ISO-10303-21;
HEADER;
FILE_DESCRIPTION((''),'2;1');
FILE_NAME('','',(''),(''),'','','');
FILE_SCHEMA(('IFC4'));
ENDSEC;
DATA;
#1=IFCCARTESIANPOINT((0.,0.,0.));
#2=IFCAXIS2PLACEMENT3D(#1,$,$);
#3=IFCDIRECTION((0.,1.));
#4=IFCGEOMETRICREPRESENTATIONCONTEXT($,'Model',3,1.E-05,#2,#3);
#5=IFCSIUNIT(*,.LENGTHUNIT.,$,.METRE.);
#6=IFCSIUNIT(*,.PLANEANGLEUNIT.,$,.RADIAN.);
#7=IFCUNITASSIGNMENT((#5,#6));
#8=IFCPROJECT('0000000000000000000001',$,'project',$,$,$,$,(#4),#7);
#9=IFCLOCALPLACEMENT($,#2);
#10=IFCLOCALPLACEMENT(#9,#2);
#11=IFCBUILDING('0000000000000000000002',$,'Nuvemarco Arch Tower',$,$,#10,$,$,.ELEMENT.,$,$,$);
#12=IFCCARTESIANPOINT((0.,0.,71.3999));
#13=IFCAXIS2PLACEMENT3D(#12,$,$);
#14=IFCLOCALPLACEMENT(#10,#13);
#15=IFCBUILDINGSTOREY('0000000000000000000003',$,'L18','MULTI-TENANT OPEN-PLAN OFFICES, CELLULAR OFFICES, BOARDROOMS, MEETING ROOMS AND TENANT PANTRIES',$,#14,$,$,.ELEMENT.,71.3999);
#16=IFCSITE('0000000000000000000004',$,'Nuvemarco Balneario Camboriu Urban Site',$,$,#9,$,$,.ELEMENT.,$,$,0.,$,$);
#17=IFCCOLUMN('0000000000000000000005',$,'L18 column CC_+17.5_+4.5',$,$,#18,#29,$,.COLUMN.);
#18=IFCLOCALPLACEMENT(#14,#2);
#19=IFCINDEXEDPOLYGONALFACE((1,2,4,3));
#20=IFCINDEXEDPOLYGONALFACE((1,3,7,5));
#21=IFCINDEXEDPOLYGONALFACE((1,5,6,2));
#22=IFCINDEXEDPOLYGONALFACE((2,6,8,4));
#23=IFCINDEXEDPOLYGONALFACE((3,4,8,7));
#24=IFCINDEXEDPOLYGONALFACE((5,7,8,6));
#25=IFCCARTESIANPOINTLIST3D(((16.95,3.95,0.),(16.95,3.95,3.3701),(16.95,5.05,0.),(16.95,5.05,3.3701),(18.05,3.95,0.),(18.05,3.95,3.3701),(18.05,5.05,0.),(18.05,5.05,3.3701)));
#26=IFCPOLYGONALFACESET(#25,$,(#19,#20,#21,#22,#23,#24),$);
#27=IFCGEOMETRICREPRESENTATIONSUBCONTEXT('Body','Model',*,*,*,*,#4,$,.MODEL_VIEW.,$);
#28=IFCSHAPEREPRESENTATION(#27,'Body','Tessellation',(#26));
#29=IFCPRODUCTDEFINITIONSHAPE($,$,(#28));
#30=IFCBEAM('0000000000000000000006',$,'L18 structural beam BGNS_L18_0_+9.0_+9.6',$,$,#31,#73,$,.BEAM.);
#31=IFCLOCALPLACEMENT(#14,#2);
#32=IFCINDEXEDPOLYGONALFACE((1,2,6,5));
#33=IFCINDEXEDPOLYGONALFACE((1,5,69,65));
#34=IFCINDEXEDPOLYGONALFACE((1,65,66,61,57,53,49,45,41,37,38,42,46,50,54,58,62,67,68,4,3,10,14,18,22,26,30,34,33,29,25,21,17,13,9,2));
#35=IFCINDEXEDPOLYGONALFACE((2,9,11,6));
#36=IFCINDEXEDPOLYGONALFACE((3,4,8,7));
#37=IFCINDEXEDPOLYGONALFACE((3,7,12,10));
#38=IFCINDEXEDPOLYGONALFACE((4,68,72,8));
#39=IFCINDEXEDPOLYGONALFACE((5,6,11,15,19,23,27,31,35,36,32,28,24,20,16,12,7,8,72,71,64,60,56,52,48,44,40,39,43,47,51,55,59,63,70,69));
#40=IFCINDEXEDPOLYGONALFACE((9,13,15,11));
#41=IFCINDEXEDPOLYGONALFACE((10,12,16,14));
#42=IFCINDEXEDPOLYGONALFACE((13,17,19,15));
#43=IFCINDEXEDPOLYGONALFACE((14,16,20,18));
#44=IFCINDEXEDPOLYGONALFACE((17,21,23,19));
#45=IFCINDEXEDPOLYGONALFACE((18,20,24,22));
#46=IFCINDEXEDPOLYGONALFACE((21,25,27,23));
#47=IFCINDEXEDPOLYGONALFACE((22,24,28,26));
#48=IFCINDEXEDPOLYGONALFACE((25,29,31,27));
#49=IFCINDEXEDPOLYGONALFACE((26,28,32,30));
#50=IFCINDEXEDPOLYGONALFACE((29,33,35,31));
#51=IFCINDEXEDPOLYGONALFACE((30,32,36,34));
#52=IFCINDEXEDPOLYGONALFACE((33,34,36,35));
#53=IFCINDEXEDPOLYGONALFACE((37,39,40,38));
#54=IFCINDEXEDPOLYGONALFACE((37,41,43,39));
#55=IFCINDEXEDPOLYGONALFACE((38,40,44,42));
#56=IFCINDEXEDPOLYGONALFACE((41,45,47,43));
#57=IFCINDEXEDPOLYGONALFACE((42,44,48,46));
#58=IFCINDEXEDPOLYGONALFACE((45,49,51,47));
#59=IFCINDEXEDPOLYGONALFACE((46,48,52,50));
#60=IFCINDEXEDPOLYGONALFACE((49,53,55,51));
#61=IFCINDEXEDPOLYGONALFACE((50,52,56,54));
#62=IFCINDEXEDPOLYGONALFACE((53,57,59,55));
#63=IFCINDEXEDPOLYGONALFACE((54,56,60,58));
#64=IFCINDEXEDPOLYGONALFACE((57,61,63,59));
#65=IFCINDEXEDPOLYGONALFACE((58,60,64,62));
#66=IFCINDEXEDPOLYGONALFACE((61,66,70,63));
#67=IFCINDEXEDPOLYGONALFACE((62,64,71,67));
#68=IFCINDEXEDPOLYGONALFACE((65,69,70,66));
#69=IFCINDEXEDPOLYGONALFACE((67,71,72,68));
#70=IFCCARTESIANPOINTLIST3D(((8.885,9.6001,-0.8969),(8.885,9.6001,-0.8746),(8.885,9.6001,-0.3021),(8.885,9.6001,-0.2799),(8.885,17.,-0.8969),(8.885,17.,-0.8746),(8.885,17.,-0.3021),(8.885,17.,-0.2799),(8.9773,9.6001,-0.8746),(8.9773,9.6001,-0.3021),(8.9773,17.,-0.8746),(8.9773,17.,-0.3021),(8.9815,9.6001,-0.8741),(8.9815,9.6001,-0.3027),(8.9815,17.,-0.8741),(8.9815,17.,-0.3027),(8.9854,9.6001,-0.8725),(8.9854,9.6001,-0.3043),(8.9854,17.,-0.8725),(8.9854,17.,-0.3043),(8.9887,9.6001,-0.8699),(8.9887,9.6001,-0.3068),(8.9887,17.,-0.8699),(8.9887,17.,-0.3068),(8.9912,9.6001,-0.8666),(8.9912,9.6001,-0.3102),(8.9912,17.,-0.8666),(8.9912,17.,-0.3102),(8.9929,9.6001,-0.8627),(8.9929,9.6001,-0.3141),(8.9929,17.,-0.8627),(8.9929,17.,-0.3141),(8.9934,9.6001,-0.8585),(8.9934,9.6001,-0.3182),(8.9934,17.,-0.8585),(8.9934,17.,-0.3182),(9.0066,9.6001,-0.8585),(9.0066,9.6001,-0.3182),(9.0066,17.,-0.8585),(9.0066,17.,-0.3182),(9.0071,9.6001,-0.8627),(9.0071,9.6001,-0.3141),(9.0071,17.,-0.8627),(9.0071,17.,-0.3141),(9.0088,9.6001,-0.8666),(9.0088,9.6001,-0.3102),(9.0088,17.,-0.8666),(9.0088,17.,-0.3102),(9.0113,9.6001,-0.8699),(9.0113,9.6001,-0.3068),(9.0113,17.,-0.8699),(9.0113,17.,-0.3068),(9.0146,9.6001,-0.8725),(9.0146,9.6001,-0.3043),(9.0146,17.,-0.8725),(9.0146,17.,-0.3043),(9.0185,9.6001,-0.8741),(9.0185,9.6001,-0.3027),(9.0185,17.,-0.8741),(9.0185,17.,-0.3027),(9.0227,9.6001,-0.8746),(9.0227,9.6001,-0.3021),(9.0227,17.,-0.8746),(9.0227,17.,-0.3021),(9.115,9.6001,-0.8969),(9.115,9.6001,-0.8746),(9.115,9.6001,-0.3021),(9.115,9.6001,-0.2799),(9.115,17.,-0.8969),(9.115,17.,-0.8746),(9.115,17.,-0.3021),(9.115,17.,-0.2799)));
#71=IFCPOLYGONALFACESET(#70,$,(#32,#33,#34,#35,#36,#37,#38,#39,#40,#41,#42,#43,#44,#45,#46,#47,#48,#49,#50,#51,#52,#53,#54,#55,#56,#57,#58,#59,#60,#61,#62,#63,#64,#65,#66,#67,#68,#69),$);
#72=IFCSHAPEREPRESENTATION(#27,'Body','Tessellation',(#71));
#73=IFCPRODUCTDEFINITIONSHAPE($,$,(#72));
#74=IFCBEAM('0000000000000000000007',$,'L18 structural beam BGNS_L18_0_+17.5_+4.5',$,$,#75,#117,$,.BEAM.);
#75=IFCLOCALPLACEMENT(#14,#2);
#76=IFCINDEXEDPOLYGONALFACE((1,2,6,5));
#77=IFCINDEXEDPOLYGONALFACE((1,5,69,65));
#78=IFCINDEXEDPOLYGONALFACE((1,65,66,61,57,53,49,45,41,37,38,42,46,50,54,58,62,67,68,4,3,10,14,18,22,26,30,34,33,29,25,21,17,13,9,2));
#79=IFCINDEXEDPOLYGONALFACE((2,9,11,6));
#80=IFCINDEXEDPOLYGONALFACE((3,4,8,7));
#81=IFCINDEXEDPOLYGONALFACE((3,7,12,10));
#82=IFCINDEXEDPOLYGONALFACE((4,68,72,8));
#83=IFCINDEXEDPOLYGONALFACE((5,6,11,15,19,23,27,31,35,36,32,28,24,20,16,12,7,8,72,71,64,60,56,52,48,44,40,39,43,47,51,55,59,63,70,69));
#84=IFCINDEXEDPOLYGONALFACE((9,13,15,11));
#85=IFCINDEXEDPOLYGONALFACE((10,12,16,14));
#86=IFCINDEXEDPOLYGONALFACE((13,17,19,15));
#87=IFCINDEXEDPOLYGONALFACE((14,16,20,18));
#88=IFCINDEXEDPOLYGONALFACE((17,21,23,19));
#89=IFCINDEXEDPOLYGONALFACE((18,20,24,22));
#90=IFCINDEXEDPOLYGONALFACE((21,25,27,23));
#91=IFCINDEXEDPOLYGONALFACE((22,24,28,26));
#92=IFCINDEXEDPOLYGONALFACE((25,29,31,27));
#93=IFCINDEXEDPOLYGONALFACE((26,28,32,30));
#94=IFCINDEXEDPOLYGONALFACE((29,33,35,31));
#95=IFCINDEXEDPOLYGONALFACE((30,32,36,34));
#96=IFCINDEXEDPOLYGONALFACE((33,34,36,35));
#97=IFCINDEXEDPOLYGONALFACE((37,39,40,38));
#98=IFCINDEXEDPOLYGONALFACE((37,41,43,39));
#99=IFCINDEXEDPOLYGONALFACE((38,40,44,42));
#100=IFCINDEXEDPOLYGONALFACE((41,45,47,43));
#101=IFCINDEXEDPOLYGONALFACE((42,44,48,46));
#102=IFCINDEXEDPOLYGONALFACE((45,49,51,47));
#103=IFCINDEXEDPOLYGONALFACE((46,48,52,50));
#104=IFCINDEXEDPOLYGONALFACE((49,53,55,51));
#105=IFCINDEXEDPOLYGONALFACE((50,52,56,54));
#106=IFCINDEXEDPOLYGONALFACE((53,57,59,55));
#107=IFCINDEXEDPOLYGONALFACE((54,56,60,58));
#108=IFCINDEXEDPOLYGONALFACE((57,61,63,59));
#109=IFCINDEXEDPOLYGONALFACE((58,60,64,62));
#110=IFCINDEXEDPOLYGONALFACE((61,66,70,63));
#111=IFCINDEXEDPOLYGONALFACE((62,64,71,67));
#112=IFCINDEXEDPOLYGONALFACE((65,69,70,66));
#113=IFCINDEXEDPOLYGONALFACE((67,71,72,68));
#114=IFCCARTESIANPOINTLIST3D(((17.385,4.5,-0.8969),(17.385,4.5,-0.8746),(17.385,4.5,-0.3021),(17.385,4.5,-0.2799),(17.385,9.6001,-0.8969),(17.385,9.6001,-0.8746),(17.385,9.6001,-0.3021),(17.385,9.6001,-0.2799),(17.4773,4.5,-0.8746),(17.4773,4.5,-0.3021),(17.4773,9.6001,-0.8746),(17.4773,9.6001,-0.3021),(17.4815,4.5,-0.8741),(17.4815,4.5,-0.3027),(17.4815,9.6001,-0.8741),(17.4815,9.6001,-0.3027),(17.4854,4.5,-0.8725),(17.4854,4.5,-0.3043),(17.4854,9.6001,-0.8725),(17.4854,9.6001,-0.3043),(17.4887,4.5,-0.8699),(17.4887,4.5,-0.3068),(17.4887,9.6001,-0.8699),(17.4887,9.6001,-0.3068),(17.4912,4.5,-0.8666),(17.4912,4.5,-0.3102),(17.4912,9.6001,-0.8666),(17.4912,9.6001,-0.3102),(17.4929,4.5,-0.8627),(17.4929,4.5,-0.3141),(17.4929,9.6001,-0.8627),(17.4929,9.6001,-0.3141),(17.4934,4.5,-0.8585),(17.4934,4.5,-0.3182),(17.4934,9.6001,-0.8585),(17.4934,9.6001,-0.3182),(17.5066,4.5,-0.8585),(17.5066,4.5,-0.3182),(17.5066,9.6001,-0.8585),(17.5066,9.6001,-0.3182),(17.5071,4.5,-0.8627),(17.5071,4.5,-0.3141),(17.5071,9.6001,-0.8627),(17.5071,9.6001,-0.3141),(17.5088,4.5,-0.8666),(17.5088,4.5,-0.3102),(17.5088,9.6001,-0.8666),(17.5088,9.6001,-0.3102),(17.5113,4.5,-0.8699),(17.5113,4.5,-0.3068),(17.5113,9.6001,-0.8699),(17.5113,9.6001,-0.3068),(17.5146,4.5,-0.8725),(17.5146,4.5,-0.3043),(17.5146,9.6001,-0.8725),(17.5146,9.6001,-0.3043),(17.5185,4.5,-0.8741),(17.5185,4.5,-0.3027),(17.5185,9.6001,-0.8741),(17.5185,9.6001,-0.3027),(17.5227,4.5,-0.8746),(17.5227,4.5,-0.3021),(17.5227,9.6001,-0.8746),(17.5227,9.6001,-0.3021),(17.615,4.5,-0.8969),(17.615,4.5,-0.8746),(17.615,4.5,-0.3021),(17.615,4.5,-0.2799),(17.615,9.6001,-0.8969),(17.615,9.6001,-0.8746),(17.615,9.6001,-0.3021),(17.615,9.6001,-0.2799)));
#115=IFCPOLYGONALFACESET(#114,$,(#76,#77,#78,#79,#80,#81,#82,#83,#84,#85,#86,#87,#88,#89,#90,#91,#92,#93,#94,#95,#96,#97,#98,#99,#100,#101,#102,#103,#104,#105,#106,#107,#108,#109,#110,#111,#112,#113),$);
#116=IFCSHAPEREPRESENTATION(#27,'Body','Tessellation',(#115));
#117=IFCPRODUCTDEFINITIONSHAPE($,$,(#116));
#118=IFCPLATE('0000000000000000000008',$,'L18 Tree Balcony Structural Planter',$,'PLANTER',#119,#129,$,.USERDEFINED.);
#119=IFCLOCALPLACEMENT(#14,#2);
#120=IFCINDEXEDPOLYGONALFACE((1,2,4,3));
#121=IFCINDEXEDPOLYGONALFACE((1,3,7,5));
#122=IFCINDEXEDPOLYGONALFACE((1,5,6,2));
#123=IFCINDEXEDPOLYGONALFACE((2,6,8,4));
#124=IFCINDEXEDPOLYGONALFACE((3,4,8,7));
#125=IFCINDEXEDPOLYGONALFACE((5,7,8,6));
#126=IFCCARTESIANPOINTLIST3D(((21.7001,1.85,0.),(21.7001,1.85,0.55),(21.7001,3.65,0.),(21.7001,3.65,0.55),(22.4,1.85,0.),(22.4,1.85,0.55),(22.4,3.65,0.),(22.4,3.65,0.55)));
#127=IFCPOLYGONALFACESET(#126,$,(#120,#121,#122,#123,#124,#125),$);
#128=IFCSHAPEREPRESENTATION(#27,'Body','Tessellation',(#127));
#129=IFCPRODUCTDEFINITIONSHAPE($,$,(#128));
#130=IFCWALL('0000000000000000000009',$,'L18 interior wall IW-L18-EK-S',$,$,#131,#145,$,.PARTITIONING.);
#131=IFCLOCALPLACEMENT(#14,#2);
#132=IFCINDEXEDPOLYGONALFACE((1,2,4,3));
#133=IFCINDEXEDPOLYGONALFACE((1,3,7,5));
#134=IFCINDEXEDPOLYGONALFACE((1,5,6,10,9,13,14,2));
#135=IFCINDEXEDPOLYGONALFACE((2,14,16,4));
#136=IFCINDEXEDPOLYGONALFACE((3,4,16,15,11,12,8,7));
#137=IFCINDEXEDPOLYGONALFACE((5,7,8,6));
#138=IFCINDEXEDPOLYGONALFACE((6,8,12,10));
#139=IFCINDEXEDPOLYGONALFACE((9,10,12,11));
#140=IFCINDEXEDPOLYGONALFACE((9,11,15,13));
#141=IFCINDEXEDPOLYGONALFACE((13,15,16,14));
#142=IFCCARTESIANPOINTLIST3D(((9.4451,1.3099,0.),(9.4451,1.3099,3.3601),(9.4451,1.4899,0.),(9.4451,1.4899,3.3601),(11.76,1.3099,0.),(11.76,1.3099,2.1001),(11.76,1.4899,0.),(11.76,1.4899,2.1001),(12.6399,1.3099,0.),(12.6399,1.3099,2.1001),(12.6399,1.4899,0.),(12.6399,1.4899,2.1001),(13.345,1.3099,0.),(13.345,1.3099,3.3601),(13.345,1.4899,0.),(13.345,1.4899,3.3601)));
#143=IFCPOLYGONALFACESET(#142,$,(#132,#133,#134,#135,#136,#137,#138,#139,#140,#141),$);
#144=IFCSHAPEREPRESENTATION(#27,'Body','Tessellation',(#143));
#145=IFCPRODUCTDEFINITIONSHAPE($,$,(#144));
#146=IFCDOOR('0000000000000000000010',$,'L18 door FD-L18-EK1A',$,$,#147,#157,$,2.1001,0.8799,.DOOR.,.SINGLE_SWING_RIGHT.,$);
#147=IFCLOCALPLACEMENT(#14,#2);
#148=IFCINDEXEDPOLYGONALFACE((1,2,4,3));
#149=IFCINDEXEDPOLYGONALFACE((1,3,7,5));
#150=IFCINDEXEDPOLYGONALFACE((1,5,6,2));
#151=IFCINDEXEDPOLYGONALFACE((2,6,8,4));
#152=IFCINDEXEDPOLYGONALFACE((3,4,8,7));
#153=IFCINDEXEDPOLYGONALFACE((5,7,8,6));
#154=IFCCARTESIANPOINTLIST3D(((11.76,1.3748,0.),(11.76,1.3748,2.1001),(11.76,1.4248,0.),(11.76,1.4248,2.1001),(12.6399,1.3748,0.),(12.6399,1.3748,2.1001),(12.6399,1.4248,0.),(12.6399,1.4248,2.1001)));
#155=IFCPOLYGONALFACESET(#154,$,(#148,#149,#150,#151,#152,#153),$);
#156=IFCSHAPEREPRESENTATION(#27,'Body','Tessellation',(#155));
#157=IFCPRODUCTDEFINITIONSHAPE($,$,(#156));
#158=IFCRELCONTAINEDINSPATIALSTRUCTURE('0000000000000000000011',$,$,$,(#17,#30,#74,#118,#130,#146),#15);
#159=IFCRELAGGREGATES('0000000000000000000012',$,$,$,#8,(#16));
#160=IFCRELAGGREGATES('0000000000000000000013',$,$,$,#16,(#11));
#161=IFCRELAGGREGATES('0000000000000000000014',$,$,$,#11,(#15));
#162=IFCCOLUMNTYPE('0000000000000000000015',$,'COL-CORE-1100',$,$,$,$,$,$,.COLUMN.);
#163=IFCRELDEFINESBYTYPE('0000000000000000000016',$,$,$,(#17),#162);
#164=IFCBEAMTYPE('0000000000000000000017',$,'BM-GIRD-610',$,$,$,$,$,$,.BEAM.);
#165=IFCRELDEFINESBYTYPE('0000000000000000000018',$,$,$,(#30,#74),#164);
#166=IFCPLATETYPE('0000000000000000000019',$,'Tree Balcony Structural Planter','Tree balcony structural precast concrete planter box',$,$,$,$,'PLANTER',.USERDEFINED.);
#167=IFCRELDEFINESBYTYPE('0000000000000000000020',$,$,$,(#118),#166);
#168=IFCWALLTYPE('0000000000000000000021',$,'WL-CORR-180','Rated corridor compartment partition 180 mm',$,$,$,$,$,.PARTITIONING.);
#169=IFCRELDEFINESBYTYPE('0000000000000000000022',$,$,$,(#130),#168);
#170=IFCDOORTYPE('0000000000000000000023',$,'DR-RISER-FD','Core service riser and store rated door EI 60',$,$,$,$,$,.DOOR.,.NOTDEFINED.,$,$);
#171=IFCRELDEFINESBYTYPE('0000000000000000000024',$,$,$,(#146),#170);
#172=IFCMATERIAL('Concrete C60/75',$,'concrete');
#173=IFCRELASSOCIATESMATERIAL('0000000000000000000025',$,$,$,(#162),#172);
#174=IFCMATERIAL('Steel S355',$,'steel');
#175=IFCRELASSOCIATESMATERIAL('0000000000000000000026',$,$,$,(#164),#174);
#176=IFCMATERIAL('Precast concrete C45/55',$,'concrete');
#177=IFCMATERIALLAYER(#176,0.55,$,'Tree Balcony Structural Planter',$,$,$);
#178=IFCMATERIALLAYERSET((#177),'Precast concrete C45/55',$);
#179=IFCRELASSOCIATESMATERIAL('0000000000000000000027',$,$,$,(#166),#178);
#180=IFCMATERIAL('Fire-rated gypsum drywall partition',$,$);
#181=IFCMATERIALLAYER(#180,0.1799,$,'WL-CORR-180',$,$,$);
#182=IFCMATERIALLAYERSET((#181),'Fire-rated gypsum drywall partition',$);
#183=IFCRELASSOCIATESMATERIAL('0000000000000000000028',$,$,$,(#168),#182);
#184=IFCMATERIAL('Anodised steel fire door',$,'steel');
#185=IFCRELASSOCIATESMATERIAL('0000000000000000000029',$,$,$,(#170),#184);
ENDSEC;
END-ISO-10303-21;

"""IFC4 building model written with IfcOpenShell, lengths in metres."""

from ifc_helpers import new_model, si_unit, direction, frame, frame_2d, origin, origin_2d, place, context, subcontext, project, spatial, rectangle, i_section, extrude, source, transform, mapped, material, layer, layer_set, material_profile, profile_set, type_object, type_shapes, element, fill, save


model = new_model("IFC4")

# Units and contexts
model_context = context("Model", 3, precision=1e-05, world=origin(), true_north=direction((0.0, 1.0)))
body_context = subcontext(model_context, "Body", "Model", "MODEL_VIEW")
ifc_project = project(units=[si_unit("LENGTHUNIT", "METRE"), si_unit("PLANEANGLEUNIT", "RADIAN")], contexts=[model_context])

# Site, building, storey
site_placement = place(None, origin())
site = spatial("IfcSite", under=ifc_project, at=site_placement, Name="Nuvemarco Balneario Camboriu Urban Site", CompositionType="ELEMENT", RefElevation=0.0)
building_placement = place(site_placement, origin())
building = spatial("IfcBuilding", under=site, at=building_placement, Name="Nuvemarco Arch Tower", CompositionType="ELEMENT")
storey_placement = place(building_placement, frame((0.0, 0.0, 71.3999)))
storey = spatial("IfcBuildingStorey", under=building, at=storey_placement, Name="L18", Description="MULTI-TENANT OPEN-PLAN OFFICES, CELLULAR OFFICES, BOARDROOMS, MEETING ROOMS AND TENANT PANTRIES", CompositionType="ELEMENT", Elevation=71.3999)

# Column
ifc_material_1 = material(Name="Concrete C60/75", Category="concrete")
ifc_material_profile_1 = material_profile(ifc_material_1, rectangle(XDim=1.1001, YDim=1.1001, at=origin_2d()), Name="RC-COL-1100x1100")
ifc_profile_set_1 = profile_set([ifc_material_profile_1], Name="Concrete C60/75")
column_type = type_object("IfcColumnType", Name="COL-CORE-1100", PredefinedType="COLUMN", material=ifc_profile_set_1)
column_placement = place(storey_placement, frame((17.5, 4.5, 0.0), z_axis=(0.0, 0.0, 1.0), x_axis=(1.0, 0.0, 0.0)))
element("IfcColumn", 1, at=column_placement, inside=storey, type_object=column_type, Name="L18 column CC_+17.5_+4.5", PredefinedType="COLUMN", context=body_context, shape_type="SweptSolid", body=[
    extrude(rectangle(XDim=1.1001, YDim=1.1001, at=origin_2d()), origin(), (0.0, 0.0, 1.0), 3.3701),
])

# Beams
ifc_material_2 = material(Name="Steel S355", Category="steel")
ifc_material_profile_2 = material_profile(ifc_material_2, i_section(OverallWidth=0.23, OverallDepth=0.6169, WebThickness=0.0132, FlangeThickness=0.0222, FilletRadius=0.0161, at=origin_2d()), Name="W610x140")
ifc_profile_set_2 = profile_set([ifc_material_profile_2], Name="Steel S355")
beam_type = type_object("IfcBeamType", Name="BM-GIRD-610", PredefinedType="BEAM", material=ifc_profile_set_2)
beam_1_placement = place(storey_placement, frame((9.0, 9.6001, -0.5884), z_axis=(0.0, 1.0, 0.0), x_axis=(-1.0, 0.0, 0.0)))
element("IfcBeam", 2, at=beam_1_placement, inside=storey, type_object=beam_type, Name="L18 structural beam BGNS_L18_0_+9.0_+9.6", PredefinedType="BEAM", context=body_context, shape_type="SweptSolid", body=[
    extrude(i_section(OverallWidth=0.23, OverallDepth=0.6169, WebThickness=0.0132, FlangeThickness=0.0222, FilletRadius=0.0161, at=origin_2d()), origin(), (0.0, 0.0, 1.0), 7.3999),
])
beam_2_placement = place(storey_placement, frame((17.5, 4.5, -0.5884), z_axis=(0.0, 1.0, 0.0), x_axis=(-1.0, 0.0, 0.0)))
element("IfcBeam", 3, at=beam_2_placement, inside=storey, type_object=beam_type, Name="L18 structural beam BGNS_L18_0_+17.5_+4.5", PredefinedType="BEAM", context=body_context, shape_type="SweptSolid", body=[
    extrude(i_section(OverallWidth=0.23, OverallDepth=0.6169, WebThickness=0.0132, FlangeThickness=0.0222, FilletRadius=0.0161, at=origin_2d()), origin(), (0.0, 0.0, 1.0), 5.1001),
])

# Plate
ifc_material_3 = material(Name="Precast concrete C45/55", Category="concrete")
ifc_layer_1 = layer(ifc_material_3, 0.55, Name="Tree Balcony Structural Planter")
ifc_layer_set_1 = layer_set([ifc_layer_1], Name="Precast concrete C45/55")
plate_type = type_object("IfcPlateType", Name="Tree Balcony Structural Planter", Description="Tree balcony structural precast concrete planter box", ElementType="PLANTER", PredefinedType="USERDEFINED", material=ifc_layer_set_1)
shared_shape_1 = source(origin(), body_context, "Body", "SweptSolid", [
    extrude(rectangle(XDim=1.8, YDim=0.7, at=origin_2d()), origin(), (0.0, 0.0, 1.0), 0.55),
])
type_shapes(plate_type, [shared_shape_1])
plate_placement = place(storey_placement, frame((22.05, 2.75, 0.0), z_axis=(0.0, 0.0, 1.0), x_axis=(0.0, 1.0, 0.0)))
element("IfcPlate", 4, at=plate_placement, inside=storey, type_object=plate_type, Name="L18 Tree Balcony Structural Planter", ObjectType="PLANTER", PredefinedType="USERDEFINED", context=body_context, shape_type="MappedRepresentation", body=[
    mapped(shared_shape_1, transform((0.0, 0.0, 0.0), scale=1.0)),
])

# Wall, opening, door
ifc_material_4 = material(Name="Fire-rated gypsum drywall partition")
ifc_layer_2 = layer(ifc_material_4, 0.1799, Name="WL-CORR-180")
ifc_layer_set_2 = layer_set([ifc_layer_2], Name="Fire-rated gypsum drywall partition")
wall_type_1 = type_object("IfcWallType", Name="WL-CORR-180", Description="Rated corridor compartment partition 180 mm", PredefinedType="PARTITIONING", material=ifc_layer_set_2)
wall_1_placement = place(storey_placement, frame((9.4451, 1.3999, 0.0), z_axis=(0.0, 0.0, 1.0), x_axis=(1.0, 0.0, 0.0)))
wall_1 = element("IfcWall", 5, at=wall_1_placement, inside=storey, type_object=wall_type_1, Name="L18 interior wall IW-L18-EK-S", PredefinedType="PARTITIONING", context=body_context, shape_type="SweptSolid", body=[
    extrude(rectangle(XDim=3.8999, YDim=0.1799, at=frame_2d((1.95, 0.0))), origin(), (0.0, 0.0, 1.0), 3.3601),
])
opening_1_placement = place(wall_1_placement, frame((2.3149, 0.0, 0.0)))
opening_1 = element("IfcOpeningElement", 6, at=opening_1_placement, cuts=wall_1, PredefinedType="OPENING", context=body_context, shape_type="SweptSolid", body=[
    extrude(rectangle(XDim=0.8799, YDim=2.1001, at=frame_2d((0.4399, 1.05))), frame((0.0, 0.0999, 0.0), z_axis=(0.0, -1.0, 0.0), x_axis=(1.0, 0.0, 0.0)), (0.0, 0.0, 1.0), 0.2),
])
ifc_material_5 = material(Name="Anodised steel fire door", Category="steel")
door_type_1 = type_object("IfcDoorType", Name="DR-RISER-FD", Description="Core service riser and store rated door EI 60", OperationType="NOTDEFINED", PredefinedType="DOOR", material=ifc_material_5)
shared_shape_2 = source(origin(), body_context, "Body", "SweptSolid", [
    extrude(rectangle(XDim=0.8799, YDim=2.1001, at=frame_2d((0.4399, 1.05))), frame((0.0, 0.0249, 0.0), z_axis=(0.0, -1.0, 0.0), x_axis=(1.0, 0.0, 0.0)), (0.0, 0.0, 1.0), 0.05),
])
type_shapes(door_type_1, [shared_shape_2])
door_1_placement = place(opening_1_placement, origin())
door_1 = element("IfcDoor", 7, at=door_1_placement, inside=storey, type_object=door_type_1, Name="L18 door FD-L18-EK1A", OperationType="SINGLE_SWING_RIGHT", OverallHeight=2.1001, OverallWidth=0.8799, PredefinedType="DOOR", context=body_context, shape_type="MappedRepresentation", body=[
    mapped(shared_shape_2, transform((0.0, 0.0, 0.0), scale=1.0)),
])
fill(opening_1, door_1)

save(model, "model.ifc")
